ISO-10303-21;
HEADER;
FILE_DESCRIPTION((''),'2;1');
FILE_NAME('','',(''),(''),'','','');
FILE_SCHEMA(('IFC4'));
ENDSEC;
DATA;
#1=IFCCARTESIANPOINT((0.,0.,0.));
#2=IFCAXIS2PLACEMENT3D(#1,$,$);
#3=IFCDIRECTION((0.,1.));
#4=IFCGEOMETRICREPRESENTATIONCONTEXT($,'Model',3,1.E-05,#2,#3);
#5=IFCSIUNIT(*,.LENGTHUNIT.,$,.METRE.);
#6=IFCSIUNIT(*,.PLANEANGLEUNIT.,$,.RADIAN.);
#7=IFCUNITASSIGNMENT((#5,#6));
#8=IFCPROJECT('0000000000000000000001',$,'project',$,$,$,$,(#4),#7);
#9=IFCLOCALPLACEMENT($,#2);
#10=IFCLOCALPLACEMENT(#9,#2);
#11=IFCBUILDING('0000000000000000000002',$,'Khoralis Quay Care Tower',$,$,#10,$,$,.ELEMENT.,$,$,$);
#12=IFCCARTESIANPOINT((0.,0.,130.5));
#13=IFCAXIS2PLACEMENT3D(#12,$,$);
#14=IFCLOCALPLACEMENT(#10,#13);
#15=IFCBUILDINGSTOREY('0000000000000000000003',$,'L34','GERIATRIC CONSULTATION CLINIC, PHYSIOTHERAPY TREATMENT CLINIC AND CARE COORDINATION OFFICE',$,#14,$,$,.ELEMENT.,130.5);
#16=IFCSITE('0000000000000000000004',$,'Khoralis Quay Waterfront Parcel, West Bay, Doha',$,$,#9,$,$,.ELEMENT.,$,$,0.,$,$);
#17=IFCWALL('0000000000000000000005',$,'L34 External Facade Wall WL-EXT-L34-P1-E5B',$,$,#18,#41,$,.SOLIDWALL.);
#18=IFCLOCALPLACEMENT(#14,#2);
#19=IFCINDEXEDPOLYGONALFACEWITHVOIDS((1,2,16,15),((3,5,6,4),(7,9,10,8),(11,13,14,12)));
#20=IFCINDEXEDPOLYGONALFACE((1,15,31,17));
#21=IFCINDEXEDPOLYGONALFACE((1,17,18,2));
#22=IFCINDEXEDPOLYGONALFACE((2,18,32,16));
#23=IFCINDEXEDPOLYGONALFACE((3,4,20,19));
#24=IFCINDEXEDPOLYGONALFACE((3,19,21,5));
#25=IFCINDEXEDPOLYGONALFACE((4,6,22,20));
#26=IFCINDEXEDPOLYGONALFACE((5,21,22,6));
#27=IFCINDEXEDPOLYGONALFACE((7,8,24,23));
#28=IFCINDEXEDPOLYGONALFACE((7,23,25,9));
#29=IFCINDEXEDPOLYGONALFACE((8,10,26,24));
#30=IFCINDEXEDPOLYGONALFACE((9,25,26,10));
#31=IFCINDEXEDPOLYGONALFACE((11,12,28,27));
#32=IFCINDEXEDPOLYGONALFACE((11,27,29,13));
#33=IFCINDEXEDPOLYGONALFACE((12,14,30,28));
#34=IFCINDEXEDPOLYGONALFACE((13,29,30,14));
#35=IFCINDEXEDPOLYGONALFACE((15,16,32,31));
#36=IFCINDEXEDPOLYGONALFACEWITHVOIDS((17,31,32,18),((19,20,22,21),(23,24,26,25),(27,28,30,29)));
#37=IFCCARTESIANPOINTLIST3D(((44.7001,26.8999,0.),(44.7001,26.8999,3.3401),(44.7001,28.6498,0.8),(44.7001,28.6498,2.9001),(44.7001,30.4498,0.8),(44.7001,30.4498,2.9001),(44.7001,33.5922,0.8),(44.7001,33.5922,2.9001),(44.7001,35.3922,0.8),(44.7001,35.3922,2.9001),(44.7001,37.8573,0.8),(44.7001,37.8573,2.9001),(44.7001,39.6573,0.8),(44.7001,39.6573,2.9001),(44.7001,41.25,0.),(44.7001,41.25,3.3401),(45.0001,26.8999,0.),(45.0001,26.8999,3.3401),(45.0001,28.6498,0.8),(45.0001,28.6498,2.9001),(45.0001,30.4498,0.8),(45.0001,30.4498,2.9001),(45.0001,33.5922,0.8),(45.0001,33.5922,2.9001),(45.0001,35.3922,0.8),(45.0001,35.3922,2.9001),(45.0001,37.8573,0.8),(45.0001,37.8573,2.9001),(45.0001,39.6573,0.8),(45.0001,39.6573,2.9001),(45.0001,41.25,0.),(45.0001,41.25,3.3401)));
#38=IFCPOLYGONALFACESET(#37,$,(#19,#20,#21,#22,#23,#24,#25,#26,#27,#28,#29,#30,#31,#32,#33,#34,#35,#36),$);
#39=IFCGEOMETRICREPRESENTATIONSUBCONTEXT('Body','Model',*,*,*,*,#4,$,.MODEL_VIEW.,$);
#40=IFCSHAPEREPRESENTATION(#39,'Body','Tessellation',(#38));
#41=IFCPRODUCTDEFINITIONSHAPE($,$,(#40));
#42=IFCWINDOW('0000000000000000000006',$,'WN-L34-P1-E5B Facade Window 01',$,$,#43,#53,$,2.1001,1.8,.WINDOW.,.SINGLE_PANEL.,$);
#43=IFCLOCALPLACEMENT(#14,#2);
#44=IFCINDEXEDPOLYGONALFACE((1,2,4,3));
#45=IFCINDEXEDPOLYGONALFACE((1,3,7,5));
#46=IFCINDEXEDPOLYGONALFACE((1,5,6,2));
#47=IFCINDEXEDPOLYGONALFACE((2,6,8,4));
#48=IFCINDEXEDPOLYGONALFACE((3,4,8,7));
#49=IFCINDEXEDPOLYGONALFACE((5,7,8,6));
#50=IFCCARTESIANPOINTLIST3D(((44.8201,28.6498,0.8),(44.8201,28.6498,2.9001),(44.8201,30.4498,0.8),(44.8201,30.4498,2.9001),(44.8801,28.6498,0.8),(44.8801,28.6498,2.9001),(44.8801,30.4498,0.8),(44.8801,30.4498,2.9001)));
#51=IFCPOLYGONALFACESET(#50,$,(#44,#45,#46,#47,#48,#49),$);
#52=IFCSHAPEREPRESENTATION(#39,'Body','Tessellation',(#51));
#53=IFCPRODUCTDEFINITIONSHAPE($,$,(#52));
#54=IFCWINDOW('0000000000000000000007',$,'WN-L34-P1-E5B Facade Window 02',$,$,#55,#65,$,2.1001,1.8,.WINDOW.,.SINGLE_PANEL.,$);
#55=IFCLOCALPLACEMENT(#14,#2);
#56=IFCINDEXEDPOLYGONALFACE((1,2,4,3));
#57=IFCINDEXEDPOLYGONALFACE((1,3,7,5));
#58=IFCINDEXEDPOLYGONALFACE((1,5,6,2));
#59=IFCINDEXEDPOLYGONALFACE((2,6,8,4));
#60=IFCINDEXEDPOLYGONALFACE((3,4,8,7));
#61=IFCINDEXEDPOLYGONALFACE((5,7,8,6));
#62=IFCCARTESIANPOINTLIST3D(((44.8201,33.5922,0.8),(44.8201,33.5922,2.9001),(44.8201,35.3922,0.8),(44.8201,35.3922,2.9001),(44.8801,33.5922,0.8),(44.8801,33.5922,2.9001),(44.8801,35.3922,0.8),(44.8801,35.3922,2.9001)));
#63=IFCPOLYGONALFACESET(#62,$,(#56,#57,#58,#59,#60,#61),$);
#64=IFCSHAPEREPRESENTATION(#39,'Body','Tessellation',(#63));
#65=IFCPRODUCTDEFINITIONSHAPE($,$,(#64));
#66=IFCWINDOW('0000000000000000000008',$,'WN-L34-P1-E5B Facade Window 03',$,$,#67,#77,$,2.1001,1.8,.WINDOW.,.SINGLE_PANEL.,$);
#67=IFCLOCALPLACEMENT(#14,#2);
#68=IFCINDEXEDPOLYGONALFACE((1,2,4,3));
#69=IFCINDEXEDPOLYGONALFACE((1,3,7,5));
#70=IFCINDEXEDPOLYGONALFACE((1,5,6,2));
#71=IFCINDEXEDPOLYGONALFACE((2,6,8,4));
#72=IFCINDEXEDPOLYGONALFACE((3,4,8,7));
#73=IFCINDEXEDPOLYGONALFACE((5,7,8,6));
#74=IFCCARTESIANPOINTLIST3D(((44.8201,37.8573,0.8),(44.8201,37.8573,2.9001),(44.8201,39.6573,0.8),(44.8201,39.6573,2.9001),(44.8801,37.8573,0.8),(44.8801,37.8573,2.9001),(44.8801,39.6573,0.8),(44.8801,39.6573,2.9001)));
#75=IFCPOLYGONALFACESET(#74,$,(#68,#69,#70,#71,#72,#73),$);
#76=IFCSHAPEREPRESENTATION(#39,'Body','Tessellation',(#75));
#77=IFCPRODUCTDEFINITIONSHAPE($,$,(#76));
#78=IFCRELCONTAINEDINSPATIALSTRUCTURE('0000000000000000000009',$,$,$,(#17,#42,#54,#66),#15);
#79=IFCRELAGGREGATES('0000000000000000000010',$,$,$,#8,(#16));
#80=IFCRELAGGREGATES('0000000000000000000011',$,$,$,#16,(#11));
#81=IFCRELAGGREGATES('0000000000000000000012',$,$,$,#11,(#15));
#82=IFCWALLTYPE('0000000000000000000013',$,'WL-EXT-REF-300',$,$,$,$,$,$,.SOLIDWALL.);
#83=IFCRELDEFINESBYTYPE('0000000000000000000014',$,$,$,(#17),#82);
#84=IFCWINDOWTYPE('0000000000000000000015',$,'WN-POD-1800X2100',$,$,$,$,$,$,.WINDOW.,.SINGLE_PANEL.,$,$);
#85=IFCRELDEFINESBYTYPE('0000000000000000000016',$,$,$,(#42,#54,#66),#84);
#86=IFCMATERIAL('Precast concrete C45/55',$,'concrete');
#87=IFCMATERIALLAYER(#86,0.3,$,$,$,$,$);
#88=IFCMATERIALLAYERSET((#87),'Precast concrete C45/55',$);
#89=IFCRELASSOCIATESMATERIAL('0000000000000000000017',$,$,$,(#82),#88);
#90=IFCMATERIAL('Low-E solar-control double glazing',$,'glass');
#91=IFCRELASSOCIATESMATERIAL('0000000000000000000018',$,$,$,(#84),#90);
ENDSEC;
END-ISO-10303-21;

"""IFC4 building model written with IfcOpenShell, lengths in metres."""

from ifc_helpers import new_model, si_unit, direction, frame, frame_2d, origin, place, context, subcontext, project, spatial, rectangle, extrude, source, transform, mapped, material, layer, layer_set, type_object, element, fill, save


model = new_model("IFC4")

# Units and contexts
model_context = context("Model", 3, precision=1e-05, world=origin(), true_north=direction((0.0, 1.0)))
body_context = subcontext(model_context, "Body", "Model", "MODEL_VIEW")
ifc_project = project(units=[si_unit("LENGTHUNIT", "METRE"), si_unit("PLANEANGLEUNIT", "RADIAN")], contexts=[model_context])

# Site, building, storey
site_placement = place(None, origin())
site = spatial("IfcSite", under=ifc_project, at=site_placement, Name="Khoralis Quay Waterfront Parcel, West Bay, Doha", CompositionType="ELEMENT", RefElevation=0.0)
building_placement = place(site_placement, origin())
building = spatial("IfcBuilding", under=site, at=building_placement, Name="Khoralis Quay Care Tower", CompositionType="ELEMENT")
storey_placement = place(building_placement, frame((0.0, 0.0, 130.5)))
storey = spatial("IfcBuildingStorey", under=building, at=storey_placement, Name="L34", Description="GERIATRIC CONSULTATION CLINIC, PHYSIOTHERAPY TREATMENT CLINIC AND CARE COORDINATION OFFICE", CompositionType="ELEMENT", Elevation=130.5)

# Shared definitions
ifc_material_1 = material(Name="Low-E solar-control double glazing", Category="glass")

# Wall, openings, windows
ifc_material_2 = material(Name="Precast concrete C45/55", Category="concrete")
ifc_layer_1 = layer(ifc_material_2, 0.3)
ifc_layer_set_1 = layer_set([ifc_layer_1], Name="Precast concrete C45/55")
wall_type = type_object("IfcWallType", Name="WL-EXT-REF-300", PredefinedType="SOLIDWALL", material=ifc_layer_set_1)
wall_placement = place(storey_placement, frame((44.8501, 26.8999, 0.0), z_axis=(0.0, 0.0, 1.0), x_axis=(0.0, 1.0, 0.0)))
wall = element("IfcWall", 1, at=wall_placement, inside=storey, type_object=wall_type, Name="L34 External Facade Wall WL-EXT-L34-P1-E5B", PredefinedType="SOLIDWALL", context=body_context, shape_type="SweptSolid", body=[
    extrude(rectangle(XDim=14.3501, YDim=0.3, at=frame_2d((7.175, 0.0))), origin(), (0.0, 0.0, 1.0), 3.3401),
])
opening_1_placement = place(wall_placement, frame((1.75, 0.0, 0.8)))
opening_1 = element("IfcOpeningElement", 2, at=opening_1_placement, cuts=wall, PredefinedType="OPENING", context=body_context, shape_type="SweptSolid", body=[
    extrude(rectangle(XDim=1.8, YDim=2.1001, at=frame_2d((0.8999, 1.05))), frame((0.0, 0.1602, 0.0), z_axis=(0.0, -1.0, 0.0), x_axis=(1.0, 0.0, 0.0)), (0.0, 0.0, 1.0), 0.3201),
])
opening_2_placement = place(wall_placement, frame((6.6924, 0.0, 0.8)))
opening_2 = element("IfcOpeningElement", 3, at=opening_2_placement, cuts=wall, PredefinedType="OPENING", context=body_context, shape_type="SweptSolid", body=[
    extrude(rectangle(XDim=1.8, YDim=2.1001, at=frame_2d((0.8999, 1.05))), frame((0.0, 0.1602, 0.0), z_axis=(0.0, -1.0, 0.0), x_axis=(1.0, 0.0, 0.0)), (0.0, 0.0, 1.0), 0.3201),
])
opening_3_placement = place(wall_placement, frame((10.9575, 0.0, 0.8)))
opening_3 = element("IfcOpeningElement", 4, at=opening_3_placement, cuts=wall, PredefinedType="OPENING", context=body_context, shape_type="SweptSolid", body=[
    extrude(rectangle(XDim=1.8, YDim=2.1001, at=frame_2d((0.8999, 1.05))), frame((0.0, 0.1602, 0.0), z_axis=(0.0, -1.0, 0.0), x_axis=(1.0, 0.0, 0.0)), (0.0, 0.0, 1.0), 0.3201),
])
window_type = type_object("IfcWindowType", Name="WN-POD-1800X2100", PartitioningType="SINGLE_PANEL", PredefinedType="WINDOW", material=ifc_material_1)
shared_shape_1 = source(origin(), body_context, "Body", "SweptSolid", [
    extrude(rectangle(XDim=1.8, YDim=2.1001, at=frame_2d((0.8999, 1.05))), frame((0.0, 0.03, 0.0), z_axis=(0.0, -1.0, 0.0), x_axis=(1.0, 0.0, 0.0)), (0.0, 0.0, 1.0), 0.0601),
])
window_1_placement = place(opening_1_placement, origin())
window_1 = element("IfcWindow", 5, at=window_1_placement, inside=storey, type_object=window_type, Name="WN-L34-P1-E5B Facade Window 01", OverallHeight=2.1001, OverallWidth=1.8, PartitioningType="SINGLE_PANEL", PredefinedType="WINDOW", context=body_context, shape_type="MappedRepresentation", body=[
    mapped(shared_shape_1, transform((0.0, 0.0, 0.0), scale=1.0)),
])
fill(opening_1, window_1)
window_2_placement = place(opening_2_placement, origin())
window_2 = element("IfcWindow", 6, at=window_2_placement, inside=storey, type_object=window_type, Name="WN-L34-P1-E5B Facade Window 02", OverallHeight=2.1001, OverallWidth=1.8, PartitioningType="SINGLE_PANEL", PredefinedType="WINDOW", context=body_context, shape_type="MappedRepresentation", body=[
    mapped(shared_shape_1, transform((0.0, 0.0, 0.0), scale=1.0)),
])
fill(opening_2, window_2)
window_3_placement = place(opening_3_placement, origin())
window_3 = element("IfcWindow", 7, at=window_3_placement, inside=storey, type_object=window_type, Name="WN-L34-P1-E5B Facade Window 03", OverallHeight=2.1001, OverallWidth=1.8, PartitioningType="SINGLE_PANEL", PredefinedType="WINDOW", context=body_context, shape_type="MappedRepresentation", body=[
    mapped(shared_shape_1, transform((0.0, 0.0, 0.0), scale=1.0)),
])
fill(opening_3, window_3)

save(model, "model.ifc")
